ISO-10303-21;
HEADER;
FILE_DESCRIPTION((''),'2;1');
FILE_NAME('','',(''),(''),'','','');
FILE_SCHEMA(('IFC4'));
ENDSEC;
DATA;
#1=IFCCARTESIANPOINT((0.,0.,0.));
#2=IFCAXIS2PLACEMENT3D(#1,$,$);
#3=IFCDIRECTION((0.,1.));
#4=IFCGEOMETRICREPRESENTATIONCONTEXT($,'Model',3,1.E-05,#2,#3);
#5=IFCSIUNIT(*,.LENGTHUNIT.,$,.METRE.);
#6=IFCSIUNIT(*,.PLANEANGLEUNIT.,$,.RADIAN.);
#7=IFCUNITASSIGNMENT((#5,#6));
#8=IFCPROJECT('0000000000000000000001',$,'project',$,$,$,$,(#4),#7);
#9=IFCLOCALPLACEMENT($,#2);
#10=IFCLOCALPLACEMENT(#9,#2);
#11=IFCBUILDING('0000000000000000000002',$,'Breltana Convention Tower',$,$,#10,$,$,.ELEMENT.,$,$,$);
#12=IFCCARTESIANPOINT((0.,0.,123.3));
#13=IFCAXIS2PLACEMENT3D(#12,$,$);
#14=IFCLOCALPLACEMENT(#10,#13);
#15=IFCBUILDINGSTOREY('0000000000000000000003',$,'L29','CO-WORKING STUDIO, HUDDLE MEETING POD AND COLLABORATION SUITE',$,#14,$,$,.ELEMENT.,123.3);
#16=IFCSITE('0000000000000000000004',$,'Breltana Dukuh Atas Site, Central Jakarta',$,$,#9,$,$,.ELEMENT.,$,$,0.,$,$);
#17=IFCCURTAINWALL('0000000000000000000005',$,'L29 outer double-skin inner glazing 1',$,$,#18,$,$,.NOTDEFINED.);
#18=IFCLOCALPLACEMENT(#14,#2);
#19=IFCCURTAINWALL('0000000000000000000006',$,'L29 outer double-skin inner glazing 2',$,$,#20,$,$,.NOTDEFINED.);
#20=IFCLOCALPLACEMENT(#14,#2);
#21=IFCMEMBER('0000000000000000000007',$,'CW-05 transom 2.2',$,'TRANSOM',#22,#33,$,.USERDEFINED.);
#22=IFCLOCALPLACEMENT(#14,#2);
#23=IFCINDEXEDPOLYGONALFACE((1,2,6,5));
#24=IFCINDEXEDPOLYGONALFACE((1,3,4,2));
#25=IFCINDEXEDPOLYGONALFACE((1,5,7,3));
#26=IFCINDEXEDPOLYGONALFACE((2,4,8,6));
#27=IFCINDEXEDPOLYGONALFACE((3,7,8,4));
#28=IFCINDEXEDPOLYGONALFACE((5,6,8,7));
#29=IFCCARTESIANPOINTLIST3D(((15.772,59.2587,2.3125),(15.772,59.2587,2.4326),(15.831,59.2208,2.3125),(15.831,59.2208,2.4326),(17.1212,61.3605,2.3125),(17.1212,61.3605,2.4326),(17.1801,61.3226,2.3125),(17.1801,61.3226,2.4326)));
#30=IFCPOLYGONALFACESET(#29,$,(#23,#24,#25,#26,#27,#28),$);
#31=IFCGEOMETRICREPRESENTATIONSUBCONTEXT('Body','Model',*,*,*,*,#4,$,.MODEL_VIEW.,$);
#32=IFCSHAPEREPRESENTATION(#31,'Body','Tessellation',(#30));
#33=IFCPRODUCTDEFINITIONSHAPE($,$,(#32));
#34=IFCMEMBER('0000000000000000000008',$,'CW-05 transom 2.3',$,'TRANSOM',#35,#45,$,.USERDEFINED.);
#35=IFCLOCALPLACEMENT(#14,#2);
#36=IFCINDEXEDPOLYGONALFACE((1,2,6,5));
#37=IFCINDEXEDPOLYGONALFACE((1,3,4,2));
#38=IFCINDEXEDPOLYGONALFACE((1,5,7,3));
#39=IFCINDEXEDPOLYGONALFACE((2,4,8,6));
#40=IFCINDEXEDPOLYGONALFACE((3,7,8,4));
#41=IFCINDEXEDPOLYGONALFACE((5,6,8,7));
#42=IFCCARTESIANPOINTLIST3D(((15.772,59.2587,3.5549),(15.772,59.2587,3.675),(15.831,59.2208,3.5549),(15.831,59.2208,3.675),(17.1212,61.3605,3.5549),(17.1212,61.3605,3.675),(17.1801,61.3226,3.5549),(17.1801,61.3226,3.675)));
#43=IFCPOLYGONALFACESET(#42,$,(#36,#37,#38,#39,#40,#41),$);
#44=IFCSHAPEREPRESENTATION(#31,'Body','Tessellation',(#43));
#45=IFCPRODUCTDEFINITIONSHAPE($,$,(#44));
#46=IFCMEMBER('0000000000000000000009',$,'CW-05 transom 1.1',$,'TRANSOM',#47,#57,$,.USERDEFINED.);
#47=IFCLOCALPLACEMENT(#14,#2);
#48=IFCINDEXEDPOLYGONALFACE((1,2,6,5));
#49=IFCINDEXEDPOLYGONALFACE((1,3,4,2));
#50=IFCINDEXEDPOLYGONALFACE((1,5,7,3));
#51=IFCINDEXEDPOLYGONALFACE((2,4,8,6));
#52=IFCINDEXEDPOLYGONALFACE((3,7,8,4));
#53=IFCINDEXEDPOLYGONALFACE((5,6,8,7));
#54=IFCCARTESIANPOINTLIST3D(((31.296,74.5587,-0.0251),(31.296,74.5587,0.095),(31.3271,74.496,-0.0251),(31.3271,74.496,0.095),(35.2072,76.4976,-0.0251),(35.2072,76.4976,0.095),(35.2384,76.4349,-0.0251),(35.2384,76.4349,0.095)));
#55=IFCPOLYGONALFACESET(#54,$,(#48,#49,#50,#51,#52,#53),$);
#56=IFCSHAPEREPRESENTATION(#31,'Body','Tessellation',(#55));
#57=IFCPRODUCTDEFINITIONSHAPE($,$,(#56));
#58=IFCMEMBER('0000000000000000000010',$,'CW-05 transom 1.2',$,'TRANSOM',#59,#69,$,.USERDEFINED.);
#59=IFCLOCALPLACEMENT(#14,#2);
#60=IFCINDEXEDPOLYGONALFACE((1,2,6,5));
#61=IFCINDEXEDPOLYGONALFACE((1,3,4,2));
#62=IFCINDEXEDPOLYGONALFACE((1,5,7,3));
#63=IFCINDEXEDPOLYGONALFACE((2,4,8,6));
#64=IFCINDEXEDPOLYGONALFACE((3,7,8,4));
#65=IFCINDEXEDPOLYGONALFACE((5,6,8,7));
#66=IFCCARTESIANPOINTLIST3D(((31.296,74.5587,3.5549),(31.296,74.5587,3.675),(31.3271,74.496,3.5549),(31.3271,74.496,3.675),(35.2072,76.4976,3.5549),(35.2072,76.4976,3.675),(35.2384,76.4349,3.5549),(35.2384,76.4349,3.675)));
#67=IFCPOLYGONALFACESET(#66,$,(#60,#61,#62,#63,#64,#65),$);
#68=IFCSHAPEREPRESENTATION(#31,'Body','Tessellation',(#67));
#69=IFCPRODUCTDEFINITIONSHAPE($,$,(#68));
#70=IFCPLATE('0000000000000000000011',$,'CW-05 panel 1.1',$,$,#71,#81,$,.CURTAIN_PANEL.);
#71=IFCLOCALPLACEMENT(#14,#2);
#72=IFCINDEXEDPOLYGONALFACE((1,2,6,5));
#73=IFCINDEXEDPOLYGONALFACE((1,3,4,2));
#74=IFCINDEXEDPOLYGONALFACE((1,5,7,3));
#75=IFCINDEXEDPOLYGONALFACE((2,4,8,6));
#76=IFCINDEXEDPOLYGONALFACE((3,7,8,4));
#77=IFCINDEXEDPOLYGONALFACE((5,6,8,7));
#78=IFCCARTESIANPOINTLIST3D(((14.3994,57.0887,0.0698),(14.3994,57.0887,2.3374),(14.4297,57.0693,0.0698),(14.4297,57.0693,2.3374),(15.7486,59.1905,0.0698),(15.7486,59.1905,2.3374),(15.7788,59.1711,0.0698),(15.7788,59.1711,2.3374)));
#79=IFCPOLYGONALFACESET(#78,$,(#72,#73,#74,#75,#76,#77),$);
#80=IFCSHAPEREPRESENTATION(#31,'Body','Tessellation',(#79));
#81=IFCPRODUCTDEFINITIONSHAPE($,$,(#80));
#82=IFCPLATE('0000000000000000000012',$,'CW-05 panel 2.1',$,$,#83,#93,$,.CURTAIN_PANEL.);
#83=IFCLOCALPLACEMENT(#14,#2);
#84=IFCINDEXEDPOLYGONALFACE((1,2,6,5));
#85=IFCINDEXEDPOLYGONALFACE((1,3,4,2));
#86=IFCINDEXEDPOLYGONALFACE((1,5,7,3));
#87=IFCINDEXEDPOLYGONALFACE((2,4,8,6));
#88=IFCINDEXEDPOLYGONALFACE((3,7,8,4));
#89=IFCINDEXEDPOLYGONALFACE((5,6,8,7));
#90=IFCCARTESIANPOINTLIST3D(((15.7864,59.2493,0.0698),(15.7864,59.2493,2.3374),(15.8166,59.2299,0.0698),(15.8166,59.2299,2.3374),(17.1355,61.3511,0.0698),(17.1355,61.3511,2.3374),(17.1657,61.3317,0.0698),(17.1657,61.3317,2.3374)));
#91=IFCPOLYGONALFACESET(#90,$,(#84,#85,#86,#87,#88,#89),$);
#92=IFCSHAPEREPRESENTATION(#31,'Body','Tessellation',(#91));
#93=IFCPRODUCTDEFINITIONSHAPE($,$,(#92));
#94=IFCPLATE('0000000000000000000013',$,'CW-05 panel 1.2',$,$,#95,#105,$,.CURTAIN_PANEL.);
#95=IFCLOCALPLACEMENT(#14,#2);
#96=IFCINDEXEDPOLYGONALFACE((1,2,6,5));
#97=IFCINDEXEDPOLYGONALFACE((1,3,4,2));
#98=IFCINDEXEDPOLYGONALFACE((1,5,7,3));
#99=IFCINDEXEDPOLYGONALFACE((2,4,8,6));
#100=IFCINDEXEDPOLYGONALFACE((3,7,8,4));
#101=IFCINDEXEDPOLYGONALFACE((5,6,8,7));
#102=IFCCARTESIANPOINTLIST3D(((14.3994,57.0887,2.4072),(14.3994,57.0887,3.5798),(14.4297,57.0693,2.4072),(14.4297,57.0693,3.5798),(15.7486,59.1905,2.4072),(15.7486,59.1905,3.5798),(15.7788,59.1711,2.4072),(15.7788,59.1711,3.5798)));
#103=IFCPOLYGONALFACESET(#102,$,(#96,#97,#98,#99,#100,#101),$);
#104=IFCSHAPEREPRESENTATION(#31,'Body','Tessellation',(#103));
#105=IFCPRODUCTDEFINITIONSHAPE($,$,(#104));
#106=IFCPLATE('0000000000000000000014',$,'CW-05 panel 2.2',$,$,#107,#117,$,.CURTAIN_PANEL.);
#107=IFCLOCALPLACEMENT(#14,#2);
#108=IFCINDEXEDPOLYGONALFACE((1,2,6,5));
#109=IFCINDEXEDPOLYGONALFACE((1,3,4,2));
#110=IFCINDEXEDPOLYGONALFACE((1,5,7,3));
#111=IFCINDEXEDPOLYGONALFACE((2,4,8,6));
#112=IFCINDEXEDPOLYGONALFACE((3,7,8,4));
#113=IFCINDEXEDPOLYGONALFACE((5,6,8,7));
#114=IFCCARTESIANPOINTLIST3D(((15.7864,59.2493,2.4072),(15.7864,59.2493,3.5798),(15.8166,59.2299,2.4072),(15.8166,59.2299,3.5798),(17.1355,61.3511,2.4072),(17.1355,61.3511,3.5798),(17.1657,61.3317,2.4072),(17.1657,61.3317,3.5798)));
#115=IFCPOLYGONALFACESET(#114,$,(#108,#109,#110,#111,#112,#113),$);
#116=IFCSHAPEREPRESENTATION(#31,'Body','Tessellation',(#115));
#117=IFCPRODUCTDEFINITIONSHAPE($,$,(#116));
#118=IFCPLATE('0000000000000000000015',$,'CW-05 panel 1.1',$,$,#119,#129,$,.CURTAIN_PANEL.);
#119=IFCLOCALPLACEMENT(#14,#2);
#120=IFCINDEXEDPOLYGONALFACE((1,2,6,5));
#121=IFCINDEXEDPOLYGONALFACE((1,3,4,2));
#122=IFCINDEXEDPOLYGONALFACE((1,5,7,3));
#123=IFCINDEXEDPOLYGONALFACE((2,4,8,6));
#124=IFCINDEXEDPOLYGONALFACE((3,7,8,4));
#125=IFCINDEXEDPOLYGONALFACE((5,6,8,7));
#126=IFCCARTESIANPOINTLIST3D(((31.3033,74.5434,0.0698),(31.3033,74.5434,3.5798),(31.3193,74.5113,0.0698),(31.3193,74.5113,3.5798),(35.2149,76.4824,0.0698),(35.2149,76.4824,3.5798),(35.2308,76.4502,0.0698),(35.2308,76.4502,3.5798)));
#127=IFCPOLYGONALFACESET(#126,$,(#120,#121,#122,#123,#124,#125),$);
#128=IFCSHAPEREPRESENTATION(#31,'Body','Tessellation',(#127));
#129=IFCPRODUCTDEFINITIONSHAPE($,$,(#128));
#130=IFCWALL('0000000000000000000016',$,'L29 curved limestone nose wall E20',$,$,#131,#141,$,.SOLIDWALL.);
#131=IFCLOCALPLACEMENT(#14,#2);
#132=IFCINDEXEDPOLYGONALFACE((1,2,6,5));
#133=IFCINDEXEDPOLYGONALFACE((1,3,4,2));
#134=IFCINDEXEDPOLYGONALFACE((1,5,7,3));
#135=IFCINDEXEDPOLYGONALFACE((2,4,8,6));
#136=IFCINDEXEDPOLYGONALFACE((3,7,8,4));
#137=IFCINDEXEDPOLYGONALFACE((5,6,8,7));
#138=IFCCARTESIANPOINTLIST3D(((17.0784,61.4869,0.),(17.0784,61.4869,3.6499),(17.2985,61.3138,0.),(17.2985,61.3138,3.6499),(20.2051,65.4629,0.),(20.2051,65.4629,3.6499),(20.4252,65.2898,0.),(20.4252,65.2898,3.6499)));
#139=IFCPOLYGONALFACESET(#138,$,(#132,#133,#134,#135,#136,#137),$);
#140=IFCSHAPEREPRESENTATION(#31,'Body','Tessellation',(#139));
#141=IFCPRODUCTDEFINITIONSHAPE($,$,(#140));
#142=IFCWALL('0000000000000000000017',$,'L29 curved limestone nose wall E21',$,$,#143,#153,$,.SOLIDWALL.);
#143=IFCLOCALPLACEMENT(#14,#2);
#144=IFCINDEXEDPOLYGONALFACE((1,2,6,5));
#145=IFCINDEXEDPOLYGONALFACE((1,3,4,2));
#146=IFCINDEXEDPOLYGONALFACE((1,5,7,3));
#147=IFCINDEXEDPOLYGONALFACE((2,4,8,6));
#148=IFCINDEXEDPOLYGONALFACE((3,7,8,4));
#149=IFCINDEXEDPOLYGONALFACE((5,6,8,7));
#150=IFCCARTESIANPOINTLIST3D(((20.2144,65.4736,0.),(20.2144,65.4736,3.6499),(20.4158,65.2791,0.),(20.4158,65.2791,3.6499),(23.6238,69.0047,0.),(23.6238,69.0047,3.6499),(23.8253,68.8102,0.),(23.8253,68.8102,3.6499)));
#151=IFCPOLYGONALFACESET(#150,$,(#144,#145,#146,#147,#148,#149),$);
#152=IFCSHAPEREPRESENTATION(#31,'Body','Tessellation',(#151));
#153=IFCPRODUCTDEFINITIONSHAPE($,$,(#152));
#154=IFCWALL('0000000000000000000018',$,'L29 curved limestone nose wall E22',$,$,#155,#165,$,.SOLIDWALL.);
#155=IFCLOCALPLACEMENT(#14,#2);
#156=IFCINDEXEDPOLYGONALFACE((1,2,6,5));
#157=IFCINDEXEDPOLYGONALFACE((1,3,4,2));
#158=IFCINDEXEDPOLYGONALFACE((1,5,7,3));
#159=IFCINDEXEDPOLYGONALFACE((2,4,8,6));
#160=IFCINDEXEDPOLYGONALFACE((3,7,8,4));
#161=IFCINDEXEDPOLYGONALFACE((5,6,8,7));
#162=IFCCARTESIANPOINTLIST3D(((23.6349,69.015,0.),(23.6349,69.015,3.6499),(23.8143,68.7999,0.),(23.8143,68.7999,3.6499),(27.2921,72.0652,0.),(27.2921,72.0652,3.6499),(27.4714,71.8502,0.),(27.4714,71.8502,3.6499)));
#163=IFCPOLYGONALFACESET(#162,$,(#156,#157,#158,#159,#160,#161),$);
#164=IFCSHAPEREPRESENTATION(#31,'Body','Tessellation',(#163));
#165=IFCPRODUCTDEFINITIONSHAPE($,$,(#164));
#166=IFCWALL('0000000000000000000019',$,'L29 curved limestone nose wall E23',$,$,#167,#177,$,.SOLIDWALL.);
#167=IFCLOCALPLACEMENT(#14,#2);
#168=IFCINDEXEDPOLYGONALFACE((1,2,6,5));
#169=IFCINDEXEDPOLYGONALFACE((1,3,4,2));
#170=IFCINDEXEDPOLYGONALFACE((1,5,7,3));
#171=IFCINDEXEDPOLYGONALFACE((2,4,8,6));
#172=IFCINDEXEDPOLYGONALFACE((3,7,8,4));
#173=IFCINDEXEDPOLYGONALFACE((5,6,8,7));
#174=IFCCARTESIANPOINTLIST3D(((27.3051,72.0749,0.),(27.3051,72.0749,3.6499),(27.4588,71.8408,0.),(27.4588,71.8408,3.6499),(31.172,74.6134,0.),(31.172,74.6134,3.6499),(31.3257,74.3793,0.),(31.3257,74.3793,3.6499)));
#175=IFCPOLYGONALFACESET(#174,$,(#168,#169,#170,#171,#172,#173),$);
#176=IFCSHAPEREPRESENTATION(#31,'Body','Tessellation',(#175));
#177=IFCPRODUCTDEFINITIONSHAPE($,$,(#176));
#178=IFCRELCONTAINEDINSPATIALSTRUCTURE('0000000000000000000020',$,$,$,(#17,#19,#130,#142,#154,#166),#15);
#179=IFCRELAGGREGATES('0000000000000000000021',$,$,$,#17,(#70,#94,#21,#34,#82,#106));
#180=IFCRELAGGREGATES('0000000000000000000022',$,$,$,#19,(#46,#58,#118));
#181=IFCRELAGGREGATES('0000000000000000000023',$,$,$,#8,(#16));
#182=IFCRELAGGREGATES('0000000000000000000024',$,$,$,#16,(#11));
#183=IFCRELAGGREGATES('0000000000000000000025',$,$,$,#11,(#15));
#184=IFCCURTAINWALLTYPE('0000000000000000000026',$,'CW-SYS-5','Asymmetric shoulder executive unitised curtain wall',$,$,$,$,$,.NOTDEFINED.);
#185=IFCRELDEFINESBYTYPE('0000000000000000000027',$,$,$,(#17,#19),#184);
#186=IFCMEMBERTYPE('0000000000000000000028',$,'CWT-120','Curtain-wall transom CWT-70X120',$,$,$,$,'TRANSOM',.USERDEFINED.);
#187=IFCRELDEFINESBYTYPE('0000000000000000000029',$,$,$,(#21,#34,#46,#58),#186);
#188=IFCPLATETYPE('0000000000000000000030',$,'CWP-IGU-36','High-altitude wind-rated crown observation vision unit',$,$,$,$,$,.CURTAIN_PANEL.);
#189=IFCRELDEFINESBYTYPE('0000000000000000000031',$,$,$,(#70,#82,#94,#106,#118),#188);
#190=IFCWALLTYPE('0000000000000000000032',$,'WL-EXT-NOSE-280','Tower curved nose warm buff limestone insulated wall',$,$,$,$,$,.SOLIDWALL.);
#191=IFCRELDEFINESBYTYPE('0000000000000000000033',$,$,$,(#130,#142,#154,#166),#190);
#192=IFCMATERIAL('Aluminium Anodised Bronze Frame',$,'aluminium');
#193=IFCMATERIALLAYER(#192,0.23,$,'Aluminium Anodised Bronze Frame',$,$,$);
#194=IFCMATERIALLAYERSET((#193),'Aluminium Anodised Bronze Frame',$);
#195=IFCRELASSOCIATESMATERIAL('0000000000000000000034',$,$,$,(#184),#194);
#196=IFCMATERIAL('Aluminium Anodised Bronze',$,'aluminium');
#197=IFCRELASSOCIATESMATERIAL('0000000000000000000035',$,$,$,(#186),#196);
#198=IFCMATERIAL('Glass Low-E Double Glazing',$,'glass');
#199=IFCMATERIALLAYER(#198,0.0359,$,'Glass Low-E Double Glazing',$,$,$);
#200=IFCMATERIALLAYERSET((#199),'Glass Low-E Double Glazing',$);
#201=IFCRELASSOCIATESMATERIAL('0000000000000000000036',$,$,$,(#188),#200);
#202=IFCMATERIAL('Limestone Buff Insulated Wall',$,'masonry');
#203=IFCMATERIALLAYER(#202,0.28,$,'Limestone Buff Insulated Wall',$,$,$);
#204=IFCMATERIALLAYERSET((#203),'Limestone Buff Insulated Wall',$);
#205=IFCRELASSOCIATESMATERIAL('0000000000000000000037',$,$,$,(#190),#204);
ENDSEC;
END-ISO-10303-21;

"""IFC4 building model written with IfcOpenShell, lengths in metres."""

from ifc_helpers import new_model, si_unit, direction, frame, frame_2d, origin, origin_2d, place, context, subcontext, project, spatial, rectangle, extrude, source, transform, mapped, material, layer, layer_set, material_profile, profile_set, type_object, element, aggregate, save


model = new_model("IFC4")

# Units and contexts
model_context = context("Model", 3, precision=1e-05, world=origin(), true_north=direction((0.0, 1.0)))
body_context = subcontext(model_context, "Body", "Model", "MODEL_VIEW")
ifc_project = project(units=[si_unit("LENGTHUNIT", "METRE"), si_unit("PLANEANGLEUNIT", "RADIAN")], contexts=[model_context])

# Site, building, storey
site_placement = place(None, origin())
site = spatial("IfcSite", under=ifc_project, at=site_placement, Name="Breltana Dukuh Atas Site, Central Jakarta", CompositionType="ELEMENT", RefElevation=0.0)
building_placement = place(site_placement, origin())
building = spatial("IfcBuilding", under=site, at=building_placement, Name="Breltana Convention Tower", CompositionType="ELEMENT")
storey_placement = place(building_placement, frame((0.0, 0.0, 123.3)))
storey = spatial("IfcBuildingStorey", under=building, at=storey_placement, Name="L29", Description="CO-WORKING STUDIO, HUDDLE MEETING POD AND COLLABORATION SUITE", CompositionType="ELEMENT", Elevation=123.3)

# Curtain wall
ifc_material_1 = material(Name="Aluminium Anodised Bronze Frame", Category="aluminium")
ifc_layer_1 = layer(ifc_material_1, 0.23, Name="Aluminium Anodised Bronze Frame")
ifc_layer_set_1 = layer_set([ifc_layer_1], Name="Aluminium Anodised Bronze Frame")
curtain_wall_type = type_object("IfcCurtainWallType", Name="CW-SYS-5", Description="Asymmetric shoulder executive unitised curtain wall", PredefinedType="NOTDEFINED", material=ifc_layer_set_1)
curtain_wall_1_placement = place(storey_placement, origin())
curtain_wall_1 = element("IfcCurtainWall", 1, at=curtain_wall_1_placement, inside=storey, type_object=curtain_wall_type, Name="L29 outer double-skin inner glazing 1", PredefinedType="NOTDEFINED")
ifc_material_2 = material(Name="Aluminium Anodised Bronze", Category="aluminium")

# Curtain wall
curtain_wall_2_placement = place(storey_placement, origin())
curtain_wall_2 = element("IfcCurtainWall", 2, at=curtain_wall_2_placement, inside=storey, type_object=curtain_wall_type, Name="L29 outer double-skin inner glazing 2", PredefinedType="NOTDEFINED")

# Members
ifc_material_profile_1 = material_profile(ifc_material_2, rectangle(XDim=0.0701, YDim=0.1201, at=origin_2d()), Name="CWT-70X120")
ifc_profile_set_1 = profile_set([ifc_material_profile_1], Name="Aluminium Anodised Bronze")
member_type_1 = type_object("IfcMemberType", Name="CWT-120", Description="Curtain-wall transom CWT-70X120", ElementType="TRANSOM", PredefinedType="USERDEFINED", material=ifc_profile_set_1)
shared_shape_1 = source(origin(), body_context, "Body", "SweptSolid", [
    extrude(rectangle(XDim=0.0701, YDim=0.1201, at=origin_2d()), origin(), (0.0, 0.0, 1.0), 2.4976),
])
member_1_placement = place(storey_placement, frame((15.8015, 59.2397, 2.3726), z_axis=(0.540179, 0.84155, 0.0), x_axis=(-0.84155, 0.540179, 0.0)))
member_1 = element("IfcMember", 3, at=member_1_placement, type_object=member_type_1, Name="CW-05 transom 2.2", ObjectType="TRANSOM", PredefinedType="USERDEFINED", context=body_context, shape_type="MappedRepresentation", body=[
    mapped(shared_shape_1, transform((0.0, 0.0, 0.0), scale=1.0)),
])
member_2_placement = place(storey_placement, frame((15.8015, 59.2397, 3.615), z_axis=(0.540179, 0.84155, 0.0), x_axis=(-0.84155, 0.540179, 0.0)))
member_2 = element("IfcMember", 4, at=member_2_placement, type_object=member_type_1, Name="CW-05 transom 2.3", ObjectType="TRANSOM", PredefinedType="USERDEFINED", context=body_context, shape_type="MappedRepresentation", body=[
    mapped(shared_shape_1, transform((0.0, 0.0, 0.0), scale=1.0)),
])
shared_shape_2 = source(origin(), body_context, "Body", "SweptSolid", [
    extrude(rectangle(XDim=0.0701, YDim=0.1201, at=origin_2d()), origin(), (0.0, 0.0, 1.0), 4.3655),
])
member_3_placement = place(storey_placement, frame((31.3115, 74.5273, 0.0349), z_axis=(0.895954, 0.444146, 0.0), x_axis=(-0.444146, 0.895954, 0.0)))
member_3 = element("IfcMember", 5, at=member_3_placement, type_object=member_type_1, Name="CW-05 transom 1.1", ObjectType="TRANSOM", PredefinedType="USERDEFINED", context=body_context, shape_type="MappedRepresentation", body=[
    mapped(shared_shape_2, transform((0.0, 0.0, 0.0), scale=1.0)),
])
member_4_placement = place(storey_placement, frame((31.3115, 74.5273, 3.615), z_axis=(0.895954, 0.444146, 0.0), x_axis=(-0.444146, 0.895954, 0.0)))
member_4 = element("IfcMember", 6, at=member_4_placement, type_object=member_type_1, Name="CW-05 transom 1.2", ObjectType="TRANSOM", PredefinedType="USERDEFINED", context=body_context, shape_type="MappedRepresentation", body=[
    mapped(shared_shape_2, transform((0.0, 0.0, 0.0), scale=1.0)),
])

# Plates
ifc_material_3 = material(Name="Glass Low-E Double Glazing", Category="glass")
ifc_layer_2 = layer(ifc_material_3, 0.0359, Name="Glass Low-E Double Glazing")
ifc_layer_set_2 = layer_set([ifc_layer_2], Name="Glass Low-E Double Glazing")
plate_type = type_object("IfcPlateType", Name="CWP-IGU-36", Description="High-altitude wind-rated crown observation vision unit", PredefinedType="CURTAIN_PANEL", material=ifc_layer_set_2)
shared_shape_3 = source(origin(), body_context, "Body", "SweptSolid", [
    extrude(rectangle(XDim=2.4976, YDim=0.0359, at=origin_2d()), origin(), (0.0, 0.0, 1.0), 2.2676),
])
plate_1_placement = place(storey_placement, frame((15.0891, 58.1299, 0.0698), z_axis=(0.0, 0.0, 1.0), x_axis=(0.540177, 0.841552, 0.0)))
plate_1 = element("IfcPlate", 7, at=plate_1_placement, type_object=plate_type, Name="CW-05 panel 1.1", PredefinedType="CURTAIN_PANEL", context=body_context, shape_type="MappedRepresentation", body=[
    mapped(shared_shape_3, transform((0.0, 0.0, 0.0), scale=1.0)),
])
plate_2_placement = place(storey_placement, frame((16.4761, 60.2905, 0.0698), z_axis=(0.0, 0.0, 1.0), x_axis=(0.540177, 0.841552, 0.0)))
plate_2 = element("IfcPlate", 8, at=plate_2_placement, type_object=plate_type, Name="CW-05 panel 2.1", PredefinedType="CURTAIN_PANEL", context=body_context, shape_type="MappedRepresentation", body=[
    mapped(shared_shape_3, transform((0.0, 0.0, 0.0), scale=1.0)),
])
shared_shape_4 = source(origin(), body_context, "Body", "SweptSolid", [
    extrude(rectangle(XDim=2.4976, YDim=0.0359, at=origin_2d()), origin(), (0.0, 0.0, 1.0), 1.1726),
])
plate_3_placement = place(storey_placement, frame((15.0891, 58.1299, 2.4072), z_axis=(0.0, 0.0, 1.0), x_axis=(0.540177, 0.841552, 0.0)))
plate_3 = element("IfcPlate", 9, at=plate_3_placement, type_object=plate_type, Name="CW-05 panel 1.2", PredefinedType="CURTAIN_PANEL", context=body_context, shape_type="MappedRepresentation", body=[
    mapped(shared_shape_4, transform((0.0, 0.0, 0.0), scale=1.0)),
])
plate_4_placement = place(storey_placement, frame((16.4761, 60.2905, 2.4072), z_axis=(0.0, 0.0, 1.0), x_axis=(0.540177, 0.841552, 0.0)))
plate_4 = element("IfcPlate", 10, at=plate_4_placement, type_object=plate_type, Name="CW-05 panel 2.2", PredefinedType="CURTAIN_PANEL", context=body_context, shape_type="MappedRepresentation", body=[
    mapped(shared_shape_4, transform((0.0, 0.0, 0.0), scale=1.0)),
])
aggregate(curtain_wall_1, [plate_1, plate_3, member_1, member_2, plate_2, plate_4])
shared_shape_5 = source(origin(), body_context, "Body", "SweptSolid", [
    extrude(rectangle(XDim=4.3657, YDim=0.0359, at=origin_2d()), origin(), (0.0, 0.0, 1.0), 3.51),
])
plate_5_placement = place(storey_placement, frame((33.2671, 75.4968, 0.0698), z_axis=(0.0, 0.0, 1.0), x_axis=(0.895967, 0.444122, 0.0)))
plate_5 = element("IfcPlate", 11, at=plate_5_placement, type_object=plate_type, Name="CW-05 panel 1.1", PredefinedType="CURTAIN_PANEL", context=body_context, shape_type="MappedRepresentation", body=[
    mapped(shared_shape_5, transform((0.0, 0.0, 0.0), scale=1.0)),
])
aggregate(curtain_wall_2, [member_3, member_4, plate_5])

# Walls
ifc_material_4 = material(Name="Limestone Buff Insulated Wall", Category="masonry")
ifc_layer_3 = layer(ifc_material_4, 0.28, Name="Limestone Buff Insulated Wall")
ifc_layer_set_3 = layer_set([ifc_layer_3], Name="Limestone Buff Insulated Wall")
wall_type_1 = type_object("IfcWallType", Name="WL-EXT-NOSE-280", Description="Tower curved nose warm buff limestone insulated wall", PredefinedType="SOLIDWALL", material=ifc_layer_set_3)
shared_shape_6 = source(origin(), body_context, "Body", "SweptSolid", [
    extrude(rectangle(XDim=5.0581, YDim=0.28, at=frame_2d((2.5291, 0.0))), origin(), (0.0, 0.0, 1.0), 3.6499),
])
wall_1_placement = place(storey_placement, frame((17.1885, 61.4004, 0.0), z_axis=(0.0, 0.0, 1.0), x_axis=(0.618146, 0.786064, 0.0)))
element("IfcWall", 12, at=wall_1_placement, inside=storey, type_object=wall_type_1, Name="L29 curved limestone nose wall E20", PredefinedType="SOLIDWALL", context=body_context, shape_type="MappedRepresentation", body=[
    mapped(shared_shape_6, transform((0.0, 0.0, 0.0), scale=1.0)),
])
shared_shape_7 = source(origin(), body_context, "Body", "SweptSolid", [
    extrude(rectangle(XDim=4.9084, YDim=0.28, at=frame_2d((2.4541, 0.0))), origin(), (0.0, 0.0, 1.0), 3.6499),
])
wall_2_placement = place(storey_placement, frame((20.3152, 65.3765, 0.0), z_axis=(0.0, 0.0, 1.0), x_axis=(0.694613, 0.719383, 0.0)))
element("IfcWall", 13, at=wall_2_placement, inside=storey, type_object=wall_type_1, Name="L29 curved limestone nose wall E21", PredefinedType="SOLIDWALL", context=body_context, shape_type="MappedRepresentation", body=[
    mapped(shared_shape_7, transform((0.0, 0.0, 0.0), scale=1.0)),
])
shared_shape_8 = source(origin(), body_context, "Body", "SweptSolid", [
    extrude(rectangle(XDim=4.7622, YDim=0.28, at=frame_2d((2.3811, 0.0))), origin(), (0.0, 0.0, 1.0), 3.6499),
])
wall_3_placement = place(storey_placement, frame((23.7246, 68.9075, 0.0), z_axis=(0.0, 0.0, 1.0), x_axis=(0.767952, 0.640507, 0.0)))
element("IfcWall", 14, at=wall_3_placement, inside=storey, type_object=wall_type_1, Name="L29 curved limestone nose wall E22", PredefinedType="SOLIDWALL", context=body_context, shape_type="MappedRepresentation", body=[
    mapped(shared_shape_8, transform((0.0, 0.0, 0.0), scale=1.0)),
])
shared_shape_9 = source(origin(), body_context, "Body", "SweptSolid", [
    extrude(rectangle(XDim=4.6257, YDim=0.28, at=frame_2d((2.313, 0.0))), origin(), (0.0, 0.0, 1.0), 3.6499),
])
wall_4_placement = place(storey_placement, frame((27.3818, 71.9578, 0.0), z_axis=(0.0, 0.0, 1.0), x_axis=(0.835959, 0.548791, 0.0)))
element("IfcWall", 15, at=wall_4_placement, inside=storey, type_object=wall_type_1, Name="L29 curved limestone nose wall E23", PredefinedType="SOLIDWALL", context=body_context, shape_type="MappedRepresentation", body=[
    mapped(shared_shape_9, transform((0.0, 0.0, 0.0), scale=1.0)),
])

save(model, "model.ifc")
